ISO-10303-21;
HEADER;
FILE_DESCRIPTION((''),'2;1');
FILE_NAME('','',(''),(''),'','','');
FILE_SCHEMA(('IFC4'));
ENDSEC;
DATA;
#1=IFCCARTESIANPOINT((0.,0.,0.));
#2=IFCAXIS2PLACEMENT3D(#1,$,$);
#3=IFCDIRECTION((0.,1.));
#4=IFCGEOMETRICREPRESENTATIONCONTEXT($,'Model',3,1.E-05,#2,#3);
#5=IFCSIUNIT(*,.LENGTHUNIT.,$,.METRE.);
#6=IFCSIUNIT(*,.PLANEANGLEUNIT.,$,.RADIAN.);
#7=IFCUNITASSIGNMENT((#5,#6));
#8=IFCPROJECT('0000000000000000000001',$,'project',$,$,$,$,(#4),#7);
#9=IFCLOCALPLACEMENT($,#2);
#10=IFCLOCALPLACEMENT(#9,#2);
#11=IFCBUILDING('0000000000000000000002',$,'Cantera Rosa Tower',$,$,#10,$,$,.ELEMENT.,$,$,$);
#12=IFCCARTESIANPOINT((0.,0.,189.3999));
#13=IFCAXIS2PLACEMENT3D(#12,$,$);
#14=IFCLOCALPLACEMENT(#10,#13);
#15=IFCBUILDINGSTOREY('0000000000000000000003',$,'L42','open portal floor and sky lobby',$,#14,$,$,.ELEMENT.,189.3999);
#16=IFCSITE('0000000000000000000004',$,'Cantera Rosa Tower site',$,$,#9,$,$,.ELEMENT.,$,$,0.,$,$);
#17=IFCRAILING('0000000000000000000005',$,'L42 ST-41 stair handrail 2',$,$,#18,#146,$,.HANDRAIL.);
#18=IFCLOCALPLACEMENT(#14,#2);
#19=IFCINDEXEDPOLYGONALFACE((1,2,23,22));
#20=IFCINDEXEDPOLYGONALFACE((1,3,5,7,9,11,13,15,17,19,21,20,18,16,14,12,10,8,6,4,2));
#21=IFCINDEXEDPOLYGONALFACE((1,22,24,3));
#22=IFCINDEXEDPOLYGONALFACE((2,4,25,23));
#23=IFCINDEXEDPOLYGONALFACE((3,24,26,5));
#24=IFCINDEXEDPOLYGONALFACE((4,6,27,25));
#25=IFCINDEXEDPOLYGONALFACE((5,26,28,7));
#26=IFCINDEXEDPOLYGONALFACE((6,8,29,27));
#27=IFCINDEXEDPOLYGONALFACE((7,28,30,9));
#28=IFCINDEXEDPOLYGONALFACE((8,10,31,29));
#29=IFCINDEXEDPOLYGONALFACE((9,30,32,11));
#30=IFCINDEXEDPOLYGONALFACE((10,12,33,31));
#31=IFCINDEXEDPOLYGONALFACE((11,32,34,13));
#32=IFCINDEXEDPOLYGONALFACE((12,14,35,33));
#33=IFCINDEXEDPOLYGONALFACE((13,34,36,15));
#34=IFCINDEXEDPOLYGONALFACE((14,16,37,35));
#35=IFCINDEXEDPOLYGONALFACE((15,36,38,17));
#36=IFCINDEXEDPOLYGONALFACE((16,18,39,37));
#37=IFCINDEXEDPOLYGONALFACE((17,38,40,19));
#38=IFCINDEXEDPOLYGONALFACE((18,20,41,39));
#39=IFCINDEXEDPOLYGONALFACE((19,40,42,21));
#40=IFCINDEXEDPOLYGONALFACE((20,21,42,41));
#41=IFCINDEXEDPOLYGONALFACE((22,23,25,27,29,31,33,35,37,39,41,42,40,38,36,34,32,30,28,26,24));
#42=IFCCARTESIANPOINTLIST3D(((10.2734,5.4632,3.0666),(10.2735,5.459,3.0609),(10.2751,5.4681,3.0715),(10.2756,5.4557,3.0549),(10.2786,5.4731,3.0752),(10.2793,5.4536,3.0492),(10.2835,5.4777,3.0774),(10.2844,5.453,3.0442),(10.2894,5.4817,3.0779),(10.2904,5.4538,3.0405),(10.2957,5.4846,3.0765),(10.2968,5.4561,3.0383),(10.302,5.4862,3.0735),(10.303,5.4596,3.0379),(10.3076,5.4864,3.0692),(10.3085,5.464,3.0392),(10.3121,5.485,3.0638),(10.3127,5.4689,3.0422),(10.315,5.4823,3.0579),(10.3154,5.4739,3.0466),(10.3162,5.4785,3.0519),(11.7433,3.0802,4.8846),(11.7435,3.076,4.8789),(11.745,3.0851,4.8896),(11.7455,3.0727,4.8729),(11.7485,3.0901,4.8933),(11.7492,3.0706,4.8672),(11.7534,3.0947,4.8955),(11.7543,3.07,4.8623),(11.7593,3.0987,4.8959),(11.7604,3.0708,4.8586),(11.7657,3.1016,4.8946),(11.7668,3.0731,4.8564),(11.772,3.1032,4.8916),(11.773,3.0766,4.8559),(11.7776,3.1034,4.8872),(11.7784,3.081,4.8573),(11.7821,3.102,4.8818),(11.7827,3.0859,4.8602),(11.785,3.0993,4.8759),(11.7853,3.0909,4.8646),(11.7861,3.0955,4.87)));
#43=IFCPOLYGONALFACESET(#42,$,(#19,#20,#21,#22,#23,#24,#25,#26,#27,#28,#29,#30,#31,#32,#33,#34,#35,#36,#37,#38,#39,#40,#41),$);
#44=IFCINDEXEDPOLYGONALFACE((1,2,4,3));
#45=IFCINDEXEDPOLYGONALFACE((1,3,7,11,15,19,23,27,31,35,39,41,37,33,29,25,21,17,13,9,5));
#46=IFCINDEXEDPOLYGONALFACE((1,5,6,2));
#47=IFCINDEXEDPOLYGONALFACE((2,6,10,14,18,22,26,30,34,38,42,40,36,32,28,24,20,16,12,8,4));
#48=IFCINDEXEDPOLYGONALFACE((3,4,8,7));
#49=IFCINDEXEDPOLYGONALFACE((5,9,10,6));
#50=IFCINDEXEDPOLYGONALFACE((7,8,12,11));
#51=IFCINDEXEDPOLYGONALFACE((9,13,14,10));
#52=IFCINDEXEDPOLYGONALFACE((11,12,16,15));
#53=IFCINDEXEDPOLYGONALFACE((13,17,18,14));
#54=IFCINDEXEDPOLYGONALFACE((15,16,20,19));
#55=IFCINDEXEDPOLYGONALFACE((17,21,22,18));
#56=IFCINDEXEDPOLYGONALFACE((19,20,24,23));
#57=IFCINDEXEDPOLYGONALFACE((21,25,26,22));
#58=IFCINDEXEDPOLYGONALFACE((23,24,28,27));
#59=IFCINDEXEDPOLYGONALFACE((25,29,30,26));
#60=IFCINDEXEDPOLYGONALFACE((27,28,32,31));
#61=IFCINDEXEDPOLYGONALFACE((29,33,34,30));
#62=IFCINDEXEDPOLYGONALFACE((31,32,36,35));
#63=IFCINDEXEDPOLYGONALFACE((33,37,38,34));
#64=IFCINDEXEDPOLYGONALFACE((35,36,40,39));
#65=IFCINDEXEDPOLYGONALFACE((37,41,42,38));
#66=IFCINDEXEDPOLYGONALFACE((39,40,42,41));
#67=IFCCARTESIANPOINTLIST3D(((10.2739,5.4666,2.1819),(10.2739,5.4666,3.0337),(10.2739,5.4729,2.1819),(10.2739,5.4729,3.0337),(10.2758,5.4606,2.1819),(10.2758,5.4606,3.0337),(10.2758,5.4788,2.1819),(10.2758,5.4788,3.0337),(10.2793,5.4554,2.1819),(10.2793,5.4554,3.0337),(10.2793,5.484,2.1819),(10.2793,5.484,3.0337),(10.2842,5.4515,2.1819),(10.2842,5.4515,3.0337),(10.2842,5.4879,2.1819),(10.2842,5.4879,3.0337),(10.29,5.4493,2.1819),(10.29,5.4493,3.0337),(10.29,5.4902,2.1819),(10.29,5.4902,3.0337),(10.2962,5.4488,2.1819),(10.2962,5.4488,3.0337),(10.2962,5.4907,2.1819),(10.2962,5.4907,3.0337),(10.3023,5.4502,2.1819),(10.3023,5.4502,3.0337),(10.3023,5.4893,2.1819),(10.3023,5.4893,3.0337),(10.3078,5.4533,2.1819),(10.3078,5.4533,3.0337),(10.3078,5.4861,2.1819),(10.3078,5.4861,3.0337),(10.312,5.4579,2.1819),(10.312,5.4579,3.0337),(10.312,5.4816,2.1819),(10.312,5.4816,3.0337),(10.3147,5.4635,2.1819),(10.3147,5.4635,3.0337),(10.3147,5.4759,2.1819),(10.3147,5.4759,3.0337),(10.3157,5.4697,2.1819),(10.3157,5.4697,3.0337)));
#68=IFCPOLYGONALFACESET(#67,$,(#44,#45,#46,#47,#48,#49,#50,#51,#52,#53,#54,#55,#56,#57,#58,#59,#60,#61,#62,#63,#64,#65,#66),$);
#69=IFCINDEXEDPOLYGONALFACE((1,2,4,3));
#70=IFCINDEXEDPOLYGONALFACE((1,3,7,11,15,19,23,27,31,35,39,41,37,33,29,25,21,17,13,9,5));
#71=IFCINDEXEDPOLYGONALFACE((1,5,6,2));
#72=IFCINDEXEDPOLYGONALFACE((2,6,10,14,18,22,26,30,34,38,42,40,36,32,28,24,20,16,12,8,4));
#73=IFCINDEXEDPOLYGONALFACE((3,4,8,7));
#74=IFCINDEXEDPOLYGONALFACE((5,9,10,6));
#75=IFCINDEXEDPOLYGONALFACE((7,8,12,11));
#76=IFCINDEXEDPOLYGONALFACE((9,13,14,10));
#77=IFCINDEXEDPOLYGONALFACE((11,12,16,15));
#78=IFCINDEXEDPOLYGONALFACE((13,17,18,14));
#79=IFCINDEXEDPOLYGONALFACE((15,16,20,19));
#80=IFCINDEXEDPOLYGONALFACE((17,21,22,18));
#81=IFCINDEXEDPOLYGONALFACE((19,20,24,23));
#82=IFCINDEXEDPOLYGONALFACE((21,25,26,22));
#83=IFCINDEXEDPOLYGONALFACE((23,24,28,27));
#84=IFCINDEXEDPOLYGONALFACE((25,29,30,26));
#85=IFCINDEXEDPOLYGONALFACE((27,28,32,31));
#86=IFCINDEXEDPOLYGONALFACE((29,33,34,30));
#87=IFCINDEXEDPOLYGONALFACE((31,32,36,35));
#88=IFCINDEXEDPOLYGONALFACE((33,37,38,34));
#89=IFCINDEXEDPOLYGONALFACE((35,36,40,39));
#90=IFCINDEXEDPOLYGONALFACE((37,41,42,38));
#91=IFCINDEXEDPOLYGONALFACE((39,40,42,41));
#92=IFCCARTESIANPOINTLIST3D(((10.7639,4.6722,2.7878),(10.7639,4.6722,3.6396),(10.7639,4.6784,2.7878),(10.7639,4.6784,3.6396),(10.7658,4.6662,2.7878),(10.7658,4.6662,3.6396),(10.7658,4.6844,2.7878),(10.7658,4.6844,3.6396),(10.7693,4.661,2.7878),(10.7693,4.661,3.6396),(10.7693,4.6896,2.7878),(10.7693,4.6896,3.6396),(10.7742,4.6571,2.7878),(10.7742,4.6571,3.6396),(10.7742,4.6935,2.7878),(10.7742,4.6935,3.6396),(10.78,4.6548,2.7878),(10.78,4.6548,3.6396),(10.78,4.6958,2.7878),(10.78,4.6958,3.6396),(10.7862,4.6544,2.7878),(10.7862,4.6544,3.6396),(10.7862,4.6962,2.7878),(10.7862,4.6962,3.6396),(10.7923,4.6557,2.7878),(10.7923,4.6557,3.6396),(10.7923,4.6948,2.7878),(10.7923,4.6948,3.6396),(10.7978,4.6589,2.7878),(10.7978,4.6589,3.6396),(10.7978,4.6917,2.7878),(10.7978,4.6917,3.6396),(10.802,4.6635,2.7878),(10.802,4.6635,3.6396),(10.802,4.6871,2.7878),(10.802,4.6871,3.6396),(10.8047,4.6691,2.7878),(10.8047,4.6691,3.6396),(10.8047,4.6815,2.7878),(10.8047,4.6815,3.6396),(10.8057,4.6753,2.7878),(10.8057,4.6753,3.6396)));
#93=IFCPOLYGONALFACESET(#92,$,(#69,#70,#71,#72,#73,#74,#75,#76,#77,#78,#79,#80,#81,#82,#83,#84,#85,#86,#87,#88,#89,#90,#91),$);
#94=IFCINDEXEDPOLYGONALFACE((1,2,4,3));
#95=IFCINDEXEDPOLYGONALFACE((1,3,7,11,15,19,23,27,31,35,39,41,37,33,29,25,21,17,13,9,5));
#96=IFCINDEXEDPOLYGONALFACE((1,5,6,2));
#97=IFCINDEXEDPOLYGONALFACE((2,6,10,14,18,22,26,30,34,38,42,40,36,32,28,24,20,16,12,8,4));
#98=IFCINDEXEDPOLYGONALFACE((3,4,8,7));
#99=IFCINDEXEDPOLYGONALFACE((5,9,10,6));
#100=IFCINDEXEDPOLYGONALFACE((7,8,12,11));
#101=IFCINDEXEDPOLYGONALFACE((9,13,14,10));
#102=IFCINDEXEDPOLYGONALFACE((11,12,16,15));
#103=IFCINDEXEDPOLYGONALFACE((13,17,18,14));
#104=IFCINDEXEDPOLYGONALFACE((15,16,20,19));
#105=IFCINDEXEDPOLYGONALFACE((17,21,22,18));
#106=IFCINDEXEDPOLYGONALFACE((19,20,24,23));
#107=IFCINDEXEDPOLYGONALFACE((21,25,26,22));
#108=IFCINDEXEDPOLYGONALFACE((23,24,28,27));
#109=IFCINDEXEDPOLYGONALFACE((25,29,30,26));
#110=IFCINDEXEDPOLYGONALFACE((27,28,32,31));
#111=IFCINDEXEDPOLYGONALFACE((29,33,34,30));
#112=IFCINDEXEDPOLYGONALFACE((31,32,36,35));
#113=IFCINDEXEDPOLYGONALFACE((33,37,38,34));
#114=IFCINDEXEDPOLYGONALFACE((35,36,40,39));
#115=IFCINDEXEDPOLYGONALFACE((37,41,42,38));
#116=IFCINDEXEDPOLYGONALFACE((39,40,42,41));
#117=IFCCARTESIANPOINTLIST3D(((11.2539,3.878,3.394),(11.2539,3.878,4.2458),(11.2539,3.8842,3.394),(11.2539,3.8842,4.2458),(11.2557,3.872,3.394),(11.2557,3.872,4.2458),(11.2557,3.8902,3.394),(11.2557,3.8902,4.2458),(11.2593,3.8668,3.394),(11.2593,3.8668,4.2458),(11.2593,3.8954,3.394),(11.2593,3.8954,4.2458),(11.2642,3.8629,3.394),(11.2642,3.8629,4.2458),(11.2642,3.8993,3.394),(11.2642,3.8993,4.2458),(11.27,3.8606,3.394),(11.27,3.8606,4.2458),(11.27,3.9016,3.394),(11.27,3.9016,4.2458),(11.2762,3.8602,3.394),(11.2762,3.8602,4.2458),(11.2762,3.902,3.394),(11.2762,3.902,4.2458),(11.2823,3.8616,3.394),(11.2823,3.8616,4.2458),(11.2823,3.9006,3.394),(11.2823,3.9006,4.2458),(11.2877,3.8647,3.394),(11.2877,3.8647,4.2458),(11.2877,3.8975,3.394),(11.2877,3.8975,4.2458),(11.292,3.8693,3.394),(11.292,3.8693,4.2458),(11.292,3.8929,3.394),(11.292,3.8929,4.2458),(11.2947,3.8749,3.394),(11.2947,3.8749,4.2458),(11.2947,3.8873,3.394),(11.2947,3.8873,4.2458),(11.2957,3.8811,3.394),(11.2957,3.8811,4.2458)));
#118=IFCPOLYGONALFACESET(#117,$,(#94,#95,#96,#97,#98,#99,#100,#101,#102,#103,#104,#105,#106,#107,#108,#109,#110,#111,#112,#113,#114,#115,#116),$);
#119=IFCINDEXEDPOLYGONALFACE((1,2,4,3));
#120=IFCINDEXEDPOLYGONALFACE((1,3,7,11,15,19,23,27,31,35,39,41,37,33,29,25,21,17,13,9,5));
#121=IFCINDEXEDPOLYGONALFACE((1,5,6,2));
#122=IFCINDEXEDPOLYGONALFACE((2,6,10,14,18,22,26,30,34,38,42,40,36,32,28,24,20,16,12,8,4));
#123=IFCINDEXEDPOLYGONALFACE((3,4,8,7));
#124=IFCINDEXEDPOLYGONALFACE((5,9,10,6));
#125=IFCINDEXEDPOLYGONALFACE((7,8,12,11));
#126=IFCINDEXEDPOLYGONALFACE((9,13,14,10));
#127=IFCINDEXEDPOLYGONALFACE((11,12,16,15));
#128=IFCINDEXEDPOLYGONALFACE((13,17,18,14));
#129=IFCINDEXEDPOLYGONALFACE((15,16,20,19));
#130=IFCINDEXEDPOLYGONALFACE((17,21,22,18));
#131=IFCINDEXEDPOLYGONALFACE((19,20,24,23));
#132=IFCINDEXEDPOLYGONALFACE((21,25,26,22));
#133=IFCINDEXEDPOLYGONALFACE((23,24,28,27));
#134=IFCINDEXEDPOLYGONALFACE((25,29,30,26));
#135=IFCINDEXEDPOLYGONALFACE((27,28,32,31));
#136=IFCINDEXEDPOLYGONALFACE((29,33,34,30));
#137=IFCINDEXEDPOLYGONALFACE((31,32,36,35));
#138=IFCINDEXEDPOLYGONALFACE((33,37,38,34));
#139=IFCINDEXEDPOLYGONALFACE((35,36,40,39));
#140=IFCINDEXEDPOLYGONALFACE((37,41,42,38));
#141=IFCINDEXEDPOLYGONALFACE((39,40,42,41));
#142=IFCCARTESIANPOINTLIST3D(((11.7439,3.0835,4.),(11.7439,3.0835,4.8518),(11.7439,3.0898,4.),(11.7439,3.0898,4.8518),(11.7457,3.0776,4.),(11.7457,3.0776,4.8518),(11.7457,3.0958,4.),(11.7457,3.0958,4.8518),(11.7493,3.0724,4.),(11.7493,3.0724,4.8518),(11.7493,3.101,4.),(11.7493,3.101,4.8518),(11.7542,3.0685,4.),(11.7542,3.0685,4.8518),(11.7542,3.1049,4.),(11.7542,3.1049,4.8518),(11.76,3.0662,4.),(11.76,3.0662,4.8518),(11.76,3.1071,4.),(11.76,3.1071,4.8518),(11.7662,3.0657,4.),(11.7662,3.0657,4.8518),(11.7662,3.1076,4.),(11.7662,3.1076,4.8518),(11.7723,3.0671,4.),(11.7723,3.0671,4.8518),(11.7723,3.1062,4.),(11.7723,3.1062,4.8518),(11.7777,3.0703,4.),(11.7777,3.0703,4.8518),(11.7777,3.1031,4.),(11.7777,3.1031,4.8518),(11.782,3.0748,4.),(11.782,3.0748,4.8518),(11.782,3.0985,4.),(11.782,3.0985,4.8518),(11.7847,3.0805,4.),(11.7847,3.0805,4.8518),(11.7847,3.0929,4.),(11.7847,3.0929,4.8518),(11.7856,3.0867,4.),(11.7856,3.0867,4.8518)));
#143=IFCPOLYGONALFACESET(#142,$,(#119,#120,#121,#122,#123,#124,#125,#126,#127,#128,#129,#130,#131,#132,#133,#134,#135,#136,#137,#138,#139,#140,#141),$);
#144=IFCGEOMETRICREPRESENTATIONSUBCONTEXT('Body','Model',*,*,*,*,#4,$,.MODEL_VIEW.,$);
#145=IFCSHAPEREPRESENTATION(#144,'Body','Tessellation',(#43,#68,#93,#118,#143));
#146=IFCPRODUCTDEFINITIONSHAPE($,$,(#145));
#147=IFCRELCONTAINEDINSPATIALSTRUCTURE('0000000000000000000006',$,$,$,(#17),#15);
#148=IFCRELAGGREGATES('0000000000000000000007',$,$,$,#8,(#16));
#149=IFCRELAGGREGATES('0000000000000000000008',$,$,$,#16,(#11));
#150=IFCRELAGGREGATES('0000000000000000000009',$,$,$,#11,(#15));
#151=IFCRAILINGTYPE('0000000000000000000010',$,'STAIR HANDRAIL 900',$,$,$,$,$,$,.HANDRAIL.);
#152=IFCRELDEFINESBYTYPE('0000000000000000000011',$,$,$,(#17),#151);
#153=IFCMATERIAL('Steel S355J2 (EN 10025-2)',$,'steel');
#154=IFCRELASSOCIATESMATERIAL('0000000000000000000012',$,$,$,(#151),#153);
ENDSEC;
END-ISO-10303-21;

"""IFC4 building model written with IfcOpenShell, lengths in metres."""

from ifc_helpers import new_model, si_unit, direction, frame, origin, origin_2d, place, context, subcontext, project, spatial, circle, extrude, material, type_object, element, save


model = new_model("IFC4")

# Units and contexts
model_context = context("Model", 3, precision=1e-05, world=origin(), true_north=direction((0.0, 1.0)))
body_context = subcontext(model_context, "Body", "Model", "MODEL_VIEW")
ifc_project = project(units=[si_unit("LENGTHUNIT", "METRE"), si_unit("PLANEANGLEUNIT", "RADIAN")], contexts=[model_context])

# Site, building, storey
site_placement = place(None, origin())
site = spatial("IfcSite", under=ifc_project, at=site_placement, Name="Cantera Rosa Tower site", CompositionType="ELEMENT", RefElevation=0.0)
building_placement = place(site_placement, origin())
building = spatial("IfcBuilding", under=site, at=building_placement, Name="Cantera Rosa Tower", CompositionType="ELEMENT")
storey_placement = place(building_placement, frame((0.0, 0.0, 189.3999)))
storey = spatial("IfcBuildingStorey", under=building, at=storey_placement, Name="L42", Description="open portal floor and sky lobby", CompositionType="ELEMENT", Elevation=189.3999)

# Railing
ifc_material_1 = material(Name="Steel S355J2 (EN 10025-2)", Category="steel")
railing_type_1 = type_object("IfcRailingType", Name="STAIR HANDRAIL 900", PredefinedType="HANDRAIL", material=ifc_material_1)
for number, where, name in (
    (1, (10.2947, 5.4697, 2.1819), "L42 ST-41 stair handrail 2"),
):
    element("IfcRailing", number, at=place(storey_placement, frame(where)), inside=storey, type_object=railing_type_1, Name=name, PredefinedType="HANDRAIL", context=body_context, shape_type="SweptSolid", body=[
        extrude(circle(Radius=0.0239, at=origin_2d()), frame((0.0, 0.0, 0.876), z_axis=(0.440314, -0.713819, 0.544597), x_axis=(0.851104, 0.524997, 0.0)), (0.0, 0.0, 1.0), 3.3384),
        extrude(circle(Radius=0.021, at=origin_2d()), origin(), (0.0, 0.0, 1.0), 0.8518),
        extrude(circle(Radius=0.021, at=origin_2d()), frame((0.49, -0.7944, 0.606)), (0.0, 0.0, 1.0), 0.8518),
        extrude(circle(Radius=0.021, at=origin_2d()), frame((0.98, -1.5886, 1.2122)), (0.0, 0.0, 1.0), 0.8518),
        extrude(circle(Radius=0.021, at=origin_2d()), frame((1.47, -2.3831, 1.8181)), (0.0, 0.0, 1.0), 0.8518),
    ])

save(model, "model.ifc")
